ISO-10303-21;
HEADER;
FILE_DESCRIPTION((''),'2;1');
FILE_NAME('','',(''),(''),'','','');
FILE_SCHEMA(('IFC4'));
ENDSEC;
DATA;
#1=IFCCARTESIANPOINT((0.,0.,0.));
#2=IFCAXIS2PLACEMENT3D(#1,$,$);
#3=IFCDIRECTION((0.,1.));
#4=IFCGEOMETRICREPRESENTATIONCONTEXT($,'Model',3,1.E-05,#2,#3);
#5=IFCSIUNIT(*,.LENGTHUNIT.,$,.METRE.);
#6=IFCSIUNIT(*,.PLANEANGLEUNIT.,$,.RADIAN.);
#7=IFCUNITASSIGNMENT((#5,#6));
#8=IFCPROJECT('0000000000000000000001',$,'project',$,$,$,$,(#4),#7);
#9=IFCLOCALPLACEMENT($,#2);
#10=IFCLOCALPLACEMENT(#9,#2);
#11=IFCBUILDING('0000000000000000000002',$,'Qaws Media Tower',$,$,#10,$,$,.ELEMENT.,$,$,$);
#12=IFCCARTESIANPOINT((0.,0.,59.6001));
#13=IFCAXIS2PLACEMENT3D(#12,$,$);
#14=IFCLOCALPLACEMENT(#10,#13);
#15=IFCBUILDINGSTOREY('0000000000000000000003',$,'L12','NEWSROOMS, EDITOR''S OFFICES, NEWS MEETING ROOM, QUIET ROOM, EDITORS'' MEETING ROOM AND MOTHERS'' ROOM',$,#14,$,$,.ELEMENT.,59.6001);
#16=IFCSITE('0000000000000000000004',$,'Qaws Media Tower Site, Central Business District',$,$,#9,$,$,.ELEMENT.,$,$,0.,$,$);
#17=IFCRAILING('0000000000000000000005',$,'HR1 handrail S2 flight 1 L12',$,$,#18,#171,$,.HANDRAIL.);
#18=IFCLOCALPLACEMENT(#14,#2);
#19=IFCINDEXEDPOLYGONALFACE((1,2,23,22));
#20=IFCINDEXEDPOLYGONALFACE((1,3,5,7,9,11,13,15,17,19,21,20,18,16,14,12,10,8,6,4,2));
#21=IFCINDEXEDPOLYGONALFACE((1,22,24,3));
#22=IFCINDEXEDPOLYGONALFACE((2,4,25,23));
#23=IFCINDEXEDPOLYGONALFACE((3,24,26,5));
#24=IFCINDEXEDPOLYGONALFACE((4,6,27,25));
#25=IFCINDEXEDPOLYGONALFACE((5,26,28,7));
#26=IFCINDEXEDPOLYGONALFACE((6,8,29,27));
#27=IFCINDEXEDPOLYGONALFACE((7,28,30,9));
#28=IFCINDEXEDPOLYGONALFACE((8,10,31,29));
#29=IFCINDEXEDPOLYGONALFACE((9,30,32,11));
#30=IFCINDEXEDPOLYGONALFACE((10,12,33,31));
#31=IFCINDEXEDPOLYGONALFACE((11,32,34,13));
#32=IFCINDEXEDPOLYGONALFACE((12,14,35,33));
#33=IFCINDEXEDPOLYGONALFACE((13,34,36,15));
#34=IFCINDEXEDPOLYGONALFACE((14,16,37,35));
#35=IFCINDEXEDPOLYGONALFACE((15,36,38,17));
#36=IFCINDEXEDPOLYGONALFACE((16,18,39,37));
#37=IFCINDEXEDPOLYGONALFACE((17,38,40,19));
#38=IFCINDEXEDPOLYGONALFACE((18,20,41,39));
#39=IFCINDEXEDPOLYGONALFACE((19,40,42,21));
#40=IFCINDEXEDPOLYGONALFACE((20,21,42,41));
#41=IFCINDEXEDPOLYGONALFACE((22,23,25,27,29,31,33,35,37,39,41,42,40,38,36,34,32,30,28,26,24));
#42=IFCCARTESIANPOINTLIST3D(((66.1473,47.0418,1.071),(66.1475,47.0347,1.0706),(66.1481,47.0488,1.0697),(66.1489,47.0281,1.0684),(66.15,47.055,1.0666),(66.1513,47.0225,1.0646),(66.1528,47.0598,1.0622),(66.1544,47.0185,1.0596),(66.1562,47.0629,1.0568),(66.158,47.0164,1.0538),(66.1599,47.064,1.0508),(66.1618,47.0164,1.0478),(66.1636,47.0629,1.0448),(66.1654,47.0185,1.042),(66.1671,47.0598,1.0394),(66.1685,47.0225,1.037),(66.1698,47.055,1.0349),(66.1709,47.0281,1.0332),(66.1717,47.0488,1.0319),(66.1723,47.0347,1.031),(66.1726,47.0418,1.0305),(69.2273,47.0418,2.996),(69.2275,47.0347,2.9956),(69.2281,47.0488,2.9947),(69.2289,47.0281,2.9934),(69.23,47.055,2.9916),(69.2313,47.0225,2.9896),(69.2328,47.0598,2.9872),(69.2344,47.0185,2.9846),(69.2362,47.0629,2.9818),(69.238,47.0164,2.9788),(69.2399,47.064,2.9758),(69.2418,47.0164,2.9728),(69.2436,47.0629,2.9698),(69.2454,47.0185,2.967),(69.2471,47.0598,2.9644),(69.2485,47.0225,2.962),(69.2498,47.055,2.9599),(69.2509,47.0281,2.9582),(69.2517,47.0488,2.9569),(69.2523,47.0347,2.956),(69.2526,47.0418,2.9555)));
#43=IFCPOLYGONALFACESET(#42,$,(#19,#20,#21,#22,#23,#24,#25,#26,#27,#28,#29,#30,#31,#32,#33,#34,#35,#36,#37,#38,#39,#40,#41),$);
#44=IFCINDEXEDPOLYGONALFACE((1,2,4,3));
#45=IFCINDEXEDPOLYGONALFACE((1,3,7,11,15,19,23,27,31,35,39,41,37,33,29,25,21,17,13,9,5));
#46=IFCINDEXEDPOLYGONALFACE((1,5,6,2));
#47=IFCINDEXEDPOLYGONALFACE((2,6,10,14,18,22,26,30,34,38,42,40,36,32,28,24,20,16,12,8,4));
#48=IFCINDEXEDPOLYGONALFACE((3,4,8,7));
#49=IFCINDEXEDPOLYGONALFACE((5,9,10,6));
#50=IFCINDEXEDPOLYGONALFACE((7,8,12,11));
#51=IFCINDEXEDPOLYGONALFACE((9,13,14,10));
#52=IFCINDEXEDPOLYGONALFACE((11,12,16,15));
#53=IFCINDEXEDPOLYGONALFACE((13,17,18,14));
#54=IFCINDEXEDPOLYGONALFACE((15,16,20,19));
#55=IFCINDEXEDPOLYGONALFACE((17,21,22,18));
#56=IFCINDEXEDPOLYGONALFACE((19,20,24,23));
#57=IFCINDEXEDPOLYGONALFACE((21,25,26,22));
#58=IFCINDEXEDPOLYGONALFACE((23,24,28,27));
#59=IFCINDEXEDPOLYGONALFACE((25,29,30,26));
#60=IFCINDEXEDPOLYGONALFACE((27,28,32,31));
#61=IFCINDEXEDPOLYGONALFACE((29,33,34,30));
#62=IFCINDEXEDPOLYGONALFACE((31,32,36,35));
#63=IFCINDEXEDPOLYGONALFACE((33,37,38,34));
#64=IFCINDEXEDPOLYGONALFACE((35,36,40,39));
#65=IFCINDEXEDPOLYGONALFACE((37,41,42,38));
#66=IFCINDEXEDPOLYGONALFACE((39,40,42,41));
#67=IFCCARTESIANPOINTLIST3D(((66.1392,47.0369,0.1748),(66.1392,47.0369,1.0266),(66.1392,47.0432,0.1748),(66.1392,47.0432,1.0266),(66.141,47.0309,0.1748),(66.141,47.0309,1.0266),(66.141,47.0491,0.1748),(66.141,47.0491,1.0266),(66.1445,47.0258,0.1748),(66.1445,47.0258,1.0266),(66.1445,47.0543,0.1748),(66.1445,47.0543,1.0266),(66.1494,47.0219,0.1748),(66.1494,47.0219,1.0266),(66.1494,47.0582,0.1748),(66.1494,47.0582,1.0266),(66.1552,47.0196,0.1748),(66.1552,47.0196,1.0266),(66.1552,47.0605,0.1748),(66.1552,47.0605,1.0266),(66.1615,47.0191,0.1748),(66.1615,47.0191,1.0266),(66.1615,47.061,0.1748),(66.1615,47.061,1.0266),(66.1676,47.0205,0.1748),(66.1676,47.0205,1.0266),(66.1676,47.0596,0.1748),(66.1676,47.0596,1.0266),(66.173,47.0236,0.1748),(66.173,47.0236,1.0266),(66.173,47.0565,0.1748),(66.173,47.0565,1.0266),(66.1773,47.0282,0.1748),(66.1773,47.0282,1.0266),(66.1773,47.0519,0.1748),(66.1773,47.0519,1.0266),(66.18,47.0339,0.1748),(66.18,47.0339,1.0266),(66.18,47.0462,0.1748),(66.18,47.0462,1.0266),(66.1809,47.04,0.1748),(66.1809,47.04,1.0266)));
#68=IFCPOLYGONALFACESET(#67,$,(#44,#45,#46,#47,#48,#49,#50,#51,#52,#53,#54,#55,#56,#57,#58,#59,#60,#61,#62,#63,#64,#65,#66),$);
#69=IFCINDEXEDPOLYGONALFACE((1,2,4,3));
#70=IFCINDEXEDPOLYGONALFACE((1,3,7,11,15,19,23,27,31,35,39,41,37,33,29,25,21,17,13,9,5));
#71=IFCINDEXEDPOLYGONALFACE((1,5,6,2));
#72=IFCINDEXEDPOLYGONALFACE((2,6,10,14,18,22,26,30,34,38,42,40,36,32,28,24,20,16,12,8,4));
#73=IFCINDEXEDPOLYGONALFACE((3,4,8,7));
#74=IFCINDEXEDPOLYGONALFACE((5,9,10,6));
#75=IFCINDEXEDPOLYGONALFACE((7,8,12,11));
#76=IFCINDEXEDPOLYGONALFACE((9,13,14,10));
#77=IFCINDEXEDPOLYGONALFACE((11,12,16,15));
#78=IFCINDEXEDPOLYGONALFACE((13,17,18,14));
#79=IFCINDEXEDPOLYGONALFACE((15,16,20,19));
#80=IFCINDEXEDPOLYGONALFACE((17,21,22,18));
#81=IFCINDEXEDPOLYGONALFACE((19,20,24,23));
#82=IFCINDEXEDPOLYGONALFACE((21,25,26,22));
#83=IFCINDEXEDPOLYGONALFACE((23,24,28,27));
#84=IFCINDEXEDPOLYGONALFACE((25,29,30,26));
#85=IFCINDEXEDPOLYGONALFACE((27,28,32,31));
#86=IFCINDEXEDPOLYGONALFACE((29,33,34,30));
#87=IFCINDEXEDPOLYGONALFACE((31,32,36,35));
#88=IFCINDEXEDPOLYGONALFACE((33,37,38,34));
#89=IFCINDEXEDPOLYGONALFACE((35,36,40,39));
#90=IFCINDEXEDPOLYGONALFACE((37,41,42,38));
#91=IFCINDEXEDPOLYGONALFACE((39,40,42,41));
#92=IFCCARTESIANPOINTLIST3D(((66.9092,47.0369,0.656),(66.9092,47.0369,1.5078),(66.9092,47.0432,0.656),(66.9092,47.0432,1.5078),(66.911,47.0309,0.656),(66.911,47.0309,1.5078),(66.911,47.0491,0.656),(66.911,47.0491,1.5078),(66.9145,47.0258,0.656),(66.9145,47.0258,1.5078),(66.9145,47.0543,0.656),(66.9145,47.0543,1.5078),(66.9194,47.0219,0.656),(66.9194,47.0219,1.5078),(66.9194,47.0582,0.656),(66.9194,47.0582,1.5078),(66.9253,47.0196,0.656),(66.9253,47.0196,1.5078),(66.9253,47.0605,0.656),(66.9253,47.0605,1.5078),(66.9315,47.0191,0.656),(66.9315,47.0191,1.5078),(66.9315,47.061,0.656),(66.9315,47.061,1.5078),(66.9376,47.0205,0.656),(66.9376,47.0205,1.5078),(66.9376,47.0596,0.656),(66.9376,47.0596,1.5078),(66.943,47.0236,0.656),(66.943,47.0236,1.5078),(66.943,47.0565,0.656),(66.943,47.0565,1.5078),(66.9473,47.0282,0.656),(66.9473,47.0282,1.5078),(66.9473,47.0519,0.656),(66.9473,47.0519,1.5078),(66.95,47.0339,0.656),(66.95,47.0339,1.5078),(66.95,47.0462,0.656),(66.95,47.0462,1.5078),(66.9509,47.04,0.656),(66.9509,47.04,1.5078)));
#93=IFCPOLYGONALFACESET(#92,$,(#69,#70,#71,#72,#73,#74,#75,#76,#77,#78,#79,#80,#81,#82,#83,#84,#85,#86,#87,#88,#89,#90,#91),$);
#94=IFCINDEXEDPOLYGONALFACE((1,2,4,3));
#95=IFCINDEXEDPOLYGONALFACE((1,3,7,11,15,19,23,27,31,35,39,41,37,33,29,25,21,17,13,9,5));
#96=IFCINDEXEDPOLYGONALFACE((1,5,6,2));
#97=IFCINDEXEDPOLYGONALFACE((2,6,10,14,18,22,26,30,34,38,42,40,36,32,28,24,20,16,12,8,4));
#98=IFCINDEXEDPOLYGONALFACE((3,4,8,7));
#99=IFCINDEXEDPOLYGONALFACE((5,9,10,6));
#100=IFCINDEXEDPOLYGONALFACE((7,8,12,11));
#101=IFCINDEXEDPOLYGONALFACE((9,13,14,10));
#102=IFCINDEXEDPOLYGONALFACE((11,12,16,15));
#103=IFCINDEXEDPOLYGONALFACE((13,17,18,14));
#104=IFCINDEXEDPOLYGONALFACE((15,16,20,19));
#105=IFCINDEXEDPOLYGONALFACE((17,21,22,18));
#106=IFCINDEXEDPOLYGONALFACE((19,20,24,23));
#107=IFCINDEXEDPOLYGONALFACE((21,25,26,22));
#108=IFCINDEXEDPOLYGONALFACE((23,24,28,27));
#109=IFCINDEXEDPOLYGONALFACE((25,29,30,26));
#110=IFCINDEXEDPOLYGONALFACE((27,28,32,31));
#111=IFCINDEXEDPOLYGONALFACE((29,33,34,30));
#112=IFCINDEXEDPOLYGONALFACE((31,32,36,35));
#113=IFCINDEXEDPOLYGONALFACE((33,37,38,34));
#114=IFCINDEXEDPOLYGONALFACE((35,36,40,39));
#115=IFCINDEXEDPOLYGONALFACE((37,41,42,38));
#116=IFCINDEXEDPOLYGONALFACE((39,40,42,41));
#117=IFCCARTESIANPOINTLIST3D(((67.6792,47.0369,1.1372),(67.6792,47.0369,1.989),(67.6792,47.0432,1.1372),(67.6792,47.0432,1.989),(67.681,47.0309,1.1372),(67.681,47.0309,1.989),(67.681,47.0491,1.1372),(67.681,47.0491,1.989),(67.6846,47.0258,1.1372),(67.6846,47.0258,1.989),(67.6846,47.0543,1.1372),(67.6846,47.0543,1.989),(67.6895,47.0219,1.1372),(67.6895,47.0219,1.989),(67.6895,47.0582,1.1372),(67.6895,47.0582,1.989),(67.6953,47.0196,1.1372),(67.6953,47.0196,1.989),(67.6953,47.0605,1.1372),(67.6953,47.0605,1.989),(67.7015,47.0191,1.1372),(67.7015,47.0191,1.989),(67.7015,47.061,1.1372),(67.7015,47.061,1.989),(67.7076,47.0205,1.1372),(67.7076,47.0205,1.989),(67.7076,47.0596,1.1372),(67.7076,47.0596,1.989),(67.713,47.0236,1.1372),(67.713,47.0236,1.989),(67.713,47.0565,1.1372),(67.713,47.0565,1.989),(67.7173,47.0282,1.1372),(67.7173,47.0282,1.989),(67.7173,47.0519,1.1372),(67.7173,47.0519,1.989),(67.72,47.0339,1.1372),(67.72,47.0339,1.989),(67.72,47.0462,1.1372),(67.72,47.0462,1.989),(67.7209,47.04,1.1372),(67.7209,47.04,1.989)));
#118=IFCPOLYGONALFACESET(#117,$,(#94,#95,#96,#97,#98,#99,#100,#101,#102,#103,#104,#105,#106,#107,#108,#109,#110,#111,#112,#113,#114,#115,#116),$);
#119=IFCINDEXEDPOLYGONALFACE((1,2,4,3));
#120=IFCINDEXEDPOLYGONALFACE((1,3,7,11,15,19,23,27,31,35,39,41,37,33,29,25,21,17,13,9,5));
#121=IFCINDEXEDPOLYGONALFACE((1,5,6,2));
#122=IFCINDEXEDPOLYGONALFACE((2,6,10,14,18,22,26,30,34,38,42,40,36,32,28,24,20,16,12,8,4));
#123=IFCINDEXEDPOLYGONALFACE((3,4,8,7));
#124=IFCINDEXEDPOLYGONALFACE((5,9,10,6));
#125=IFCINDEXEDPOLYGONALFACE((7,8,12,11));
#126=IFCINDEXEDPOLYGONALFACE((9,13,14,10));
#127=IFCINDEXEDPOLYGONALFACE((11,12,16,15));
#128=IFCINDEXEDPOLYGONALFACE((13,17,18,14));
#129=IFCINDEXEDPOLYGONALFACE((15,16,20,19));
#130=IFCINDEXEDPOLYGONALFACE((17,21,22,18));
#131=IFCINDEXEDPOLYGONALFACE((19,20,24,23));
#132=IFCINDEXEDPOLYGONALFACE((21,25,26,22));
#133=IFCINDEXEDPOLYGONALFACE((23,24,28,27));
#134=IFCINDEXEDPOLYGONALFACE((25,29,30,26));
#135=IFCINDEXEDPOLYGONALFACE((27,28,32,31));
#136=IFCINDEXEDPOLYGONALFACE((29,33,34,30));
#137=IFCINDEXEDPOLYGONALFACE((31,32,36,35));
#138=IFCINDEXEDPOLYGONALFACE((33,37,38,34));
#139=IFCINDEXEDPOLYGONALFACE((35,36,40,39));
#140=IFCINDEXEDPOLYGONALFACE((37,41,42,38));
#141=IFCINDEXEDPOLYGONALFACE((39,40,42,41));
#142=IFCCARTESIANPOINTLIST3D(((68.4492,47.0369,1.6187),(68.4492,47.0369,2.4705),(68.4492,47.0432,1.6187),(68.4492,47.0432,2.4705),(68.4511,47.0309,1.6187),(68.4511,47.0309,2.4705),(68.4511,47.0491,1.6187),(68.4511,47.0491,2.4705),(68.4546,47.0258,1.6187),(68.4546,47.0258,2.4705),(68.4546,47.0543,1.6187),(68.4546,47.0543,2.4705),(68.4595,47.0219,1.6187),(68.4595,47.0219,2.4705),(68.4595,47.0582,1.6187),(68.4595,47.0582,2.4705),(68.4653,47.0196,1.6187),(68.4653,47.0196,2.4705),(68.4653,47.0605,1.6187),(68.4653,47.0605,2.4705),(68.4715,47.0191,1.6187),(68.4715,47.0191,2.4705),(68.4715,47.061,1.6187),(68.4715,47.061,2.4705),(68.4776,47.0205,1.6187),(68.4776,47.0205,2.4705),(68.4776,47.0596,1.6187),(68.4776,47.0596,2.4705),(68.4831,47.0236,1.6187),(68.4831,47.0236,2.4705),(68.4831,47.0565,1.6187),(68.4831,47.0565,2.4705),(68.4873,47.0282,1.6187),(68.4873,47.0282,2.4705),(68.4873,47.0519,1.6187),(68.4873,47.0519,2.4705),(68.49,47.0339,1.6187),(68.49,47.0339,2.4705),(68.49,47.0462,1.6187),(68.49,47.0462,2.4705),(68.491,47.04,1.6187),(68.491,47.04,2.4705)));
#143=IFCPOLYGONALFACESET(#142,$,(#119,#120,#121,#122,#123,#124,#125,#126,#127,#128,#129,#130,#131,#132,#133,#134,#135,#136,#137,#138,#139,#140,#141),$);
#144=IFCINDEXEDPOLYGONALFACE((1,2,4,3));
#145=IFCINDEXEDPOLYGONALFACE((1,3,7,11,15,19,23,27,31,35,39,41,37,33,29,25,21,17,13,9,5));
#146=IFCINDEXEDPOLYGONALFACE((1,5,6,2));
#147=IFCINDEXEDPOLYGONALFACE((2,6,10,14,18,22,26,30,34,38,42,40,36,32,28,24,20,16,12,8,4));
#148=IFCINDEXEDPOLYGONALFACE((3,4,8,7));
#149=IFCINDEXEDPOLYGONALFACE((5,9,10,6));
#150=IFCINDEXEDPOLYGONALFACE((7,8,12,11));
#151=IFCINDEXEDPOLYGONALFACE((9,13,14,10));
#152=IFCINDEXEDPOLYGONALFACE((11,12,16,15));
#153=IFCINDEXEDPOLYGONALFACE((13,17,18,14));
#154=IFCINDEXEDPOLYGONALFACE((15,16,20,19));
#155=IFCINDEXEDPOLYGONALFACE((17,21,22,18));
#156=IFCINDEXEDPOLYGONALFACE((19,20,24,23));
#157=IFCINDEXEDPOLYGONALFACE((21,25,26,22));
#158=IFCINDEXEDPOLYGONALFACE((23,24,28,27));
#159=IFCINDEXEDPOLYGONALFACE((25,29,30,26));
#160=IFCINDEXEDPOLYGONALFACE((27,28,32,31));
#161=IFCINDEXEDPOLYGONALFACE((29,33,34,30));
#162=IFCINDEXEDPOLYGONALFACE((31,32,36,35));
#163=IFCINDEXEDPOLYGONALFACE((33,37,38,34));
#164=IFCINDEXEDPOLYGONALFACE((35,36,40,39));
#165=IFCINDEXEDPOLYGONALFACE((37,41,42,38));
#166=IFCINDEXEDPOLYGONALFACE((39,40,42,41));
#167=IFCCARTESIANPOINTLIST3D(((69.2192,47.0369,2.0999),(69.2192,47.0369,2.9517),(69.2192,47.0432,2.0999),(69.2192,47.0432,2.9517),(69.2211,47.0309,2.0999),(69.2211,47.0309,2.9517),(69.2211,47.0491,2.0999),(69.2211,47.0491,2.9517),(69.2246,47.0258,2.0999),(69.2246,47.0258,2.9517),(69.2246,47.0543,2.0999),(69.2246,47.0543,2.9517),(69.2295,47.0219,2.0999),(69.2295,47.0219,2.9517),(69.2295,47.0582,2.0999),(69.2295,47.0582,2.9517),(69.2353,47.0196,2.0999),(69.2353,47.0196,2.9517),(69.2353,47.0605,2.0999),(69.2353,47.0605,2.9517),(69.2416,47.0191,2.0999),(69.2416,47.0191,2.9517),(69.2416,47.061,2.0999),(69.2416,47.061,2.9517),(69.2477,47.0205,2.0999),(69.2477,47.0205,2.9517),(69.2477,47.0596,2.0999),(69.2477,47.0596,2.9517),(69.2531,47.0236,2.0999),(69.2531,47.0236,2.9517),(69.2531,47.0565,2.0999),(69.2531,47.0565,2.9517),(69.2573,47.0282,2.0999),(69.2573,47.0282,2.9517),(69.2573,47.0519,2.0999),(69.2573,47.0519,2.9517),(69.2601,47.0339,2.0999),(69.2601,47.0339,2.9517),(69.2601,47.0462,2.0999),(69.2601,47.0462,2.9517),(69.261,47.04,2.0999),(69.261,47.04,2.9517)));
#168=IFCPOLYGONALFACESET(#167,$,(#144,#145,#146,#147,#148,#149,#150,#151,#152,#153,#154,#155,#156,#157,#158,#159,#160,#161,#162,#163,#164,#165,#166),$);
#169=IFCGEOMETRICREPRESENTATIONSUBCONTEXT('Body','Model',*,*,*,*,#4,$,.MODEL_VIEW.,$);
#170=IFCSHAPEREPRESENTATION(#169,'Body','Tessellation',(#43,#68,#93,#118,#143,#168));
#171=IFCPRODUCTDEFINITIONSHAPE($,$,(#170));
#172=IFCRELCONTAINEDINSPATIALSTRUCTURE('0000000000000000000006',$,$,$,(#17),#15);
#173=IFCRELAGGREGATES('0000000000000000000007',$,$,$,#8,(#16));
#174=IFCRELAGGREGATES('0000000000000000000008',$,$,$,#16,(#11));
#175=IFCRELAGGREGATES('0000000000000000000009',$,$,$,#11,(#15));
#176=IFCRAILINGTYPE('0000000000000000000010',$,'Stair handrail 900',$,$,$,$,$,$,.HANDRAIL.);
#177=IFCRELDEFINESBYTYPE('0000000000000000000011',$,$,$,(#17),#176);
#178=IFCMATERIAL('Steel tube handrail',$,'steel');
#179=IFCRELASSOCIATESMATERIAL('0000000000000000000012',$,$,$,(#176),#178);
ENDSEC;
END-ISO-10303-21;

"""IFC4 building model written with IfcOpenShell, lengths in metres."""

from ifc_helpers import new_model, si_unit, direction, frame, origin, origin_2d, place, context, subcontext, project, spatial, circle, extrude, material, type_object, element, save


model = new_model("IFC4")

# Units and contexts
model_context = context("Model", 3, precision=1e-05, world=origin(), true_north=direction((0.0, 1.0)))
body_context = subcontext(model_context, "Body", "Model", "MODEL_VIEW")
ifc_project = project(units=[si_unit("LENGTHUNIT", "METRE"), si_unit("PLANEANGLEUNIT", "RADIAN")], contexts=[model_context])

# Site, building, storey
site_placement = place(None, origin())
site = spatial("IfcSite", under=ifc_project, at=site_placement, Name="Qaws Media Tower Site, Central Business District", CompositionType="ELEMENT", RefElevation=0.0)
building_placement = place(site_placement, origin())
building = spatial("IfcBuilding", under=site, at=building_placement, Name="Qaws Media Tower", CompositionType="ELEMENT")
storey_placement = place(building_placement, frame((0.0, 0.0, 59.6001)))
storey = spatial("IfcBuildingStorey", under=building, at=storey_placement, Name="L12", Description="NEWSROOMS, EDITOR'S OFFICES, NEWS MEETING ROOM, QUIET ROOM, EDITORS' MEETING ROOM AND MOTHERS' ROOM", CompositionType="ELEMENT", Elevation=59.6001)

# Railing
ifc_material_1 = material(Name="Steel tube handrail", Category="steel")
railing_type = type_object("IfcRailingType", Name="Stair handrail 900", PredefinedType="HANDRAIL", material=ifc_material_1)
railing_placement = place(storey_placement, frame((66.1599, 47.04, 0.1748)))
element("IfcRailing", 1, at=railing_placement, inside=storey, type_object=railing_type, Name="HR1 handrail S2 flight 1 L12", PredefinedType="HANDRAIL", context=body_context, shape_type="SweptSolid", body=[
    extrude(circle(Radius=0.0239, at=origin_2d()), frame((0.0, 0.0, 0.876), z_axis=(0.847998, 0.0, 0.529999), x_axis=(0.0, 1.0, 0.0)), (0.0, 0.0, 1.0), 3.6321),
    extrude(circle(Radius=0.021, at=origin_2d()), origin(), (0.0, 0.0, 1.0), 0.8518),
    extrude(circle(Radius=0.021, at=origin_2d()), frame((0.77, 0.0, 0.4812)), (0.0, 0.0, 1.0), 0.8518),
    extrude(circle(Radius=0.021, at=origin_2d()), frame((1.54, 0.0, 0.9624)), (0.0, 0.0, 1.0), 0.8518),
    extrude(circle(Radius=0.021, at=origin_2d()), frame((2.3101, 0.0, 1.4438)), (0.0, 0.0, 1.0), 0.8518),
    extrude(circle(Radius=0.021, at=origin_2d()), frame((3.0801, 0.0, 1.925)), (0.0, 0.0, 1.0), 0.8518),
])

save(model, "model.ifc")
